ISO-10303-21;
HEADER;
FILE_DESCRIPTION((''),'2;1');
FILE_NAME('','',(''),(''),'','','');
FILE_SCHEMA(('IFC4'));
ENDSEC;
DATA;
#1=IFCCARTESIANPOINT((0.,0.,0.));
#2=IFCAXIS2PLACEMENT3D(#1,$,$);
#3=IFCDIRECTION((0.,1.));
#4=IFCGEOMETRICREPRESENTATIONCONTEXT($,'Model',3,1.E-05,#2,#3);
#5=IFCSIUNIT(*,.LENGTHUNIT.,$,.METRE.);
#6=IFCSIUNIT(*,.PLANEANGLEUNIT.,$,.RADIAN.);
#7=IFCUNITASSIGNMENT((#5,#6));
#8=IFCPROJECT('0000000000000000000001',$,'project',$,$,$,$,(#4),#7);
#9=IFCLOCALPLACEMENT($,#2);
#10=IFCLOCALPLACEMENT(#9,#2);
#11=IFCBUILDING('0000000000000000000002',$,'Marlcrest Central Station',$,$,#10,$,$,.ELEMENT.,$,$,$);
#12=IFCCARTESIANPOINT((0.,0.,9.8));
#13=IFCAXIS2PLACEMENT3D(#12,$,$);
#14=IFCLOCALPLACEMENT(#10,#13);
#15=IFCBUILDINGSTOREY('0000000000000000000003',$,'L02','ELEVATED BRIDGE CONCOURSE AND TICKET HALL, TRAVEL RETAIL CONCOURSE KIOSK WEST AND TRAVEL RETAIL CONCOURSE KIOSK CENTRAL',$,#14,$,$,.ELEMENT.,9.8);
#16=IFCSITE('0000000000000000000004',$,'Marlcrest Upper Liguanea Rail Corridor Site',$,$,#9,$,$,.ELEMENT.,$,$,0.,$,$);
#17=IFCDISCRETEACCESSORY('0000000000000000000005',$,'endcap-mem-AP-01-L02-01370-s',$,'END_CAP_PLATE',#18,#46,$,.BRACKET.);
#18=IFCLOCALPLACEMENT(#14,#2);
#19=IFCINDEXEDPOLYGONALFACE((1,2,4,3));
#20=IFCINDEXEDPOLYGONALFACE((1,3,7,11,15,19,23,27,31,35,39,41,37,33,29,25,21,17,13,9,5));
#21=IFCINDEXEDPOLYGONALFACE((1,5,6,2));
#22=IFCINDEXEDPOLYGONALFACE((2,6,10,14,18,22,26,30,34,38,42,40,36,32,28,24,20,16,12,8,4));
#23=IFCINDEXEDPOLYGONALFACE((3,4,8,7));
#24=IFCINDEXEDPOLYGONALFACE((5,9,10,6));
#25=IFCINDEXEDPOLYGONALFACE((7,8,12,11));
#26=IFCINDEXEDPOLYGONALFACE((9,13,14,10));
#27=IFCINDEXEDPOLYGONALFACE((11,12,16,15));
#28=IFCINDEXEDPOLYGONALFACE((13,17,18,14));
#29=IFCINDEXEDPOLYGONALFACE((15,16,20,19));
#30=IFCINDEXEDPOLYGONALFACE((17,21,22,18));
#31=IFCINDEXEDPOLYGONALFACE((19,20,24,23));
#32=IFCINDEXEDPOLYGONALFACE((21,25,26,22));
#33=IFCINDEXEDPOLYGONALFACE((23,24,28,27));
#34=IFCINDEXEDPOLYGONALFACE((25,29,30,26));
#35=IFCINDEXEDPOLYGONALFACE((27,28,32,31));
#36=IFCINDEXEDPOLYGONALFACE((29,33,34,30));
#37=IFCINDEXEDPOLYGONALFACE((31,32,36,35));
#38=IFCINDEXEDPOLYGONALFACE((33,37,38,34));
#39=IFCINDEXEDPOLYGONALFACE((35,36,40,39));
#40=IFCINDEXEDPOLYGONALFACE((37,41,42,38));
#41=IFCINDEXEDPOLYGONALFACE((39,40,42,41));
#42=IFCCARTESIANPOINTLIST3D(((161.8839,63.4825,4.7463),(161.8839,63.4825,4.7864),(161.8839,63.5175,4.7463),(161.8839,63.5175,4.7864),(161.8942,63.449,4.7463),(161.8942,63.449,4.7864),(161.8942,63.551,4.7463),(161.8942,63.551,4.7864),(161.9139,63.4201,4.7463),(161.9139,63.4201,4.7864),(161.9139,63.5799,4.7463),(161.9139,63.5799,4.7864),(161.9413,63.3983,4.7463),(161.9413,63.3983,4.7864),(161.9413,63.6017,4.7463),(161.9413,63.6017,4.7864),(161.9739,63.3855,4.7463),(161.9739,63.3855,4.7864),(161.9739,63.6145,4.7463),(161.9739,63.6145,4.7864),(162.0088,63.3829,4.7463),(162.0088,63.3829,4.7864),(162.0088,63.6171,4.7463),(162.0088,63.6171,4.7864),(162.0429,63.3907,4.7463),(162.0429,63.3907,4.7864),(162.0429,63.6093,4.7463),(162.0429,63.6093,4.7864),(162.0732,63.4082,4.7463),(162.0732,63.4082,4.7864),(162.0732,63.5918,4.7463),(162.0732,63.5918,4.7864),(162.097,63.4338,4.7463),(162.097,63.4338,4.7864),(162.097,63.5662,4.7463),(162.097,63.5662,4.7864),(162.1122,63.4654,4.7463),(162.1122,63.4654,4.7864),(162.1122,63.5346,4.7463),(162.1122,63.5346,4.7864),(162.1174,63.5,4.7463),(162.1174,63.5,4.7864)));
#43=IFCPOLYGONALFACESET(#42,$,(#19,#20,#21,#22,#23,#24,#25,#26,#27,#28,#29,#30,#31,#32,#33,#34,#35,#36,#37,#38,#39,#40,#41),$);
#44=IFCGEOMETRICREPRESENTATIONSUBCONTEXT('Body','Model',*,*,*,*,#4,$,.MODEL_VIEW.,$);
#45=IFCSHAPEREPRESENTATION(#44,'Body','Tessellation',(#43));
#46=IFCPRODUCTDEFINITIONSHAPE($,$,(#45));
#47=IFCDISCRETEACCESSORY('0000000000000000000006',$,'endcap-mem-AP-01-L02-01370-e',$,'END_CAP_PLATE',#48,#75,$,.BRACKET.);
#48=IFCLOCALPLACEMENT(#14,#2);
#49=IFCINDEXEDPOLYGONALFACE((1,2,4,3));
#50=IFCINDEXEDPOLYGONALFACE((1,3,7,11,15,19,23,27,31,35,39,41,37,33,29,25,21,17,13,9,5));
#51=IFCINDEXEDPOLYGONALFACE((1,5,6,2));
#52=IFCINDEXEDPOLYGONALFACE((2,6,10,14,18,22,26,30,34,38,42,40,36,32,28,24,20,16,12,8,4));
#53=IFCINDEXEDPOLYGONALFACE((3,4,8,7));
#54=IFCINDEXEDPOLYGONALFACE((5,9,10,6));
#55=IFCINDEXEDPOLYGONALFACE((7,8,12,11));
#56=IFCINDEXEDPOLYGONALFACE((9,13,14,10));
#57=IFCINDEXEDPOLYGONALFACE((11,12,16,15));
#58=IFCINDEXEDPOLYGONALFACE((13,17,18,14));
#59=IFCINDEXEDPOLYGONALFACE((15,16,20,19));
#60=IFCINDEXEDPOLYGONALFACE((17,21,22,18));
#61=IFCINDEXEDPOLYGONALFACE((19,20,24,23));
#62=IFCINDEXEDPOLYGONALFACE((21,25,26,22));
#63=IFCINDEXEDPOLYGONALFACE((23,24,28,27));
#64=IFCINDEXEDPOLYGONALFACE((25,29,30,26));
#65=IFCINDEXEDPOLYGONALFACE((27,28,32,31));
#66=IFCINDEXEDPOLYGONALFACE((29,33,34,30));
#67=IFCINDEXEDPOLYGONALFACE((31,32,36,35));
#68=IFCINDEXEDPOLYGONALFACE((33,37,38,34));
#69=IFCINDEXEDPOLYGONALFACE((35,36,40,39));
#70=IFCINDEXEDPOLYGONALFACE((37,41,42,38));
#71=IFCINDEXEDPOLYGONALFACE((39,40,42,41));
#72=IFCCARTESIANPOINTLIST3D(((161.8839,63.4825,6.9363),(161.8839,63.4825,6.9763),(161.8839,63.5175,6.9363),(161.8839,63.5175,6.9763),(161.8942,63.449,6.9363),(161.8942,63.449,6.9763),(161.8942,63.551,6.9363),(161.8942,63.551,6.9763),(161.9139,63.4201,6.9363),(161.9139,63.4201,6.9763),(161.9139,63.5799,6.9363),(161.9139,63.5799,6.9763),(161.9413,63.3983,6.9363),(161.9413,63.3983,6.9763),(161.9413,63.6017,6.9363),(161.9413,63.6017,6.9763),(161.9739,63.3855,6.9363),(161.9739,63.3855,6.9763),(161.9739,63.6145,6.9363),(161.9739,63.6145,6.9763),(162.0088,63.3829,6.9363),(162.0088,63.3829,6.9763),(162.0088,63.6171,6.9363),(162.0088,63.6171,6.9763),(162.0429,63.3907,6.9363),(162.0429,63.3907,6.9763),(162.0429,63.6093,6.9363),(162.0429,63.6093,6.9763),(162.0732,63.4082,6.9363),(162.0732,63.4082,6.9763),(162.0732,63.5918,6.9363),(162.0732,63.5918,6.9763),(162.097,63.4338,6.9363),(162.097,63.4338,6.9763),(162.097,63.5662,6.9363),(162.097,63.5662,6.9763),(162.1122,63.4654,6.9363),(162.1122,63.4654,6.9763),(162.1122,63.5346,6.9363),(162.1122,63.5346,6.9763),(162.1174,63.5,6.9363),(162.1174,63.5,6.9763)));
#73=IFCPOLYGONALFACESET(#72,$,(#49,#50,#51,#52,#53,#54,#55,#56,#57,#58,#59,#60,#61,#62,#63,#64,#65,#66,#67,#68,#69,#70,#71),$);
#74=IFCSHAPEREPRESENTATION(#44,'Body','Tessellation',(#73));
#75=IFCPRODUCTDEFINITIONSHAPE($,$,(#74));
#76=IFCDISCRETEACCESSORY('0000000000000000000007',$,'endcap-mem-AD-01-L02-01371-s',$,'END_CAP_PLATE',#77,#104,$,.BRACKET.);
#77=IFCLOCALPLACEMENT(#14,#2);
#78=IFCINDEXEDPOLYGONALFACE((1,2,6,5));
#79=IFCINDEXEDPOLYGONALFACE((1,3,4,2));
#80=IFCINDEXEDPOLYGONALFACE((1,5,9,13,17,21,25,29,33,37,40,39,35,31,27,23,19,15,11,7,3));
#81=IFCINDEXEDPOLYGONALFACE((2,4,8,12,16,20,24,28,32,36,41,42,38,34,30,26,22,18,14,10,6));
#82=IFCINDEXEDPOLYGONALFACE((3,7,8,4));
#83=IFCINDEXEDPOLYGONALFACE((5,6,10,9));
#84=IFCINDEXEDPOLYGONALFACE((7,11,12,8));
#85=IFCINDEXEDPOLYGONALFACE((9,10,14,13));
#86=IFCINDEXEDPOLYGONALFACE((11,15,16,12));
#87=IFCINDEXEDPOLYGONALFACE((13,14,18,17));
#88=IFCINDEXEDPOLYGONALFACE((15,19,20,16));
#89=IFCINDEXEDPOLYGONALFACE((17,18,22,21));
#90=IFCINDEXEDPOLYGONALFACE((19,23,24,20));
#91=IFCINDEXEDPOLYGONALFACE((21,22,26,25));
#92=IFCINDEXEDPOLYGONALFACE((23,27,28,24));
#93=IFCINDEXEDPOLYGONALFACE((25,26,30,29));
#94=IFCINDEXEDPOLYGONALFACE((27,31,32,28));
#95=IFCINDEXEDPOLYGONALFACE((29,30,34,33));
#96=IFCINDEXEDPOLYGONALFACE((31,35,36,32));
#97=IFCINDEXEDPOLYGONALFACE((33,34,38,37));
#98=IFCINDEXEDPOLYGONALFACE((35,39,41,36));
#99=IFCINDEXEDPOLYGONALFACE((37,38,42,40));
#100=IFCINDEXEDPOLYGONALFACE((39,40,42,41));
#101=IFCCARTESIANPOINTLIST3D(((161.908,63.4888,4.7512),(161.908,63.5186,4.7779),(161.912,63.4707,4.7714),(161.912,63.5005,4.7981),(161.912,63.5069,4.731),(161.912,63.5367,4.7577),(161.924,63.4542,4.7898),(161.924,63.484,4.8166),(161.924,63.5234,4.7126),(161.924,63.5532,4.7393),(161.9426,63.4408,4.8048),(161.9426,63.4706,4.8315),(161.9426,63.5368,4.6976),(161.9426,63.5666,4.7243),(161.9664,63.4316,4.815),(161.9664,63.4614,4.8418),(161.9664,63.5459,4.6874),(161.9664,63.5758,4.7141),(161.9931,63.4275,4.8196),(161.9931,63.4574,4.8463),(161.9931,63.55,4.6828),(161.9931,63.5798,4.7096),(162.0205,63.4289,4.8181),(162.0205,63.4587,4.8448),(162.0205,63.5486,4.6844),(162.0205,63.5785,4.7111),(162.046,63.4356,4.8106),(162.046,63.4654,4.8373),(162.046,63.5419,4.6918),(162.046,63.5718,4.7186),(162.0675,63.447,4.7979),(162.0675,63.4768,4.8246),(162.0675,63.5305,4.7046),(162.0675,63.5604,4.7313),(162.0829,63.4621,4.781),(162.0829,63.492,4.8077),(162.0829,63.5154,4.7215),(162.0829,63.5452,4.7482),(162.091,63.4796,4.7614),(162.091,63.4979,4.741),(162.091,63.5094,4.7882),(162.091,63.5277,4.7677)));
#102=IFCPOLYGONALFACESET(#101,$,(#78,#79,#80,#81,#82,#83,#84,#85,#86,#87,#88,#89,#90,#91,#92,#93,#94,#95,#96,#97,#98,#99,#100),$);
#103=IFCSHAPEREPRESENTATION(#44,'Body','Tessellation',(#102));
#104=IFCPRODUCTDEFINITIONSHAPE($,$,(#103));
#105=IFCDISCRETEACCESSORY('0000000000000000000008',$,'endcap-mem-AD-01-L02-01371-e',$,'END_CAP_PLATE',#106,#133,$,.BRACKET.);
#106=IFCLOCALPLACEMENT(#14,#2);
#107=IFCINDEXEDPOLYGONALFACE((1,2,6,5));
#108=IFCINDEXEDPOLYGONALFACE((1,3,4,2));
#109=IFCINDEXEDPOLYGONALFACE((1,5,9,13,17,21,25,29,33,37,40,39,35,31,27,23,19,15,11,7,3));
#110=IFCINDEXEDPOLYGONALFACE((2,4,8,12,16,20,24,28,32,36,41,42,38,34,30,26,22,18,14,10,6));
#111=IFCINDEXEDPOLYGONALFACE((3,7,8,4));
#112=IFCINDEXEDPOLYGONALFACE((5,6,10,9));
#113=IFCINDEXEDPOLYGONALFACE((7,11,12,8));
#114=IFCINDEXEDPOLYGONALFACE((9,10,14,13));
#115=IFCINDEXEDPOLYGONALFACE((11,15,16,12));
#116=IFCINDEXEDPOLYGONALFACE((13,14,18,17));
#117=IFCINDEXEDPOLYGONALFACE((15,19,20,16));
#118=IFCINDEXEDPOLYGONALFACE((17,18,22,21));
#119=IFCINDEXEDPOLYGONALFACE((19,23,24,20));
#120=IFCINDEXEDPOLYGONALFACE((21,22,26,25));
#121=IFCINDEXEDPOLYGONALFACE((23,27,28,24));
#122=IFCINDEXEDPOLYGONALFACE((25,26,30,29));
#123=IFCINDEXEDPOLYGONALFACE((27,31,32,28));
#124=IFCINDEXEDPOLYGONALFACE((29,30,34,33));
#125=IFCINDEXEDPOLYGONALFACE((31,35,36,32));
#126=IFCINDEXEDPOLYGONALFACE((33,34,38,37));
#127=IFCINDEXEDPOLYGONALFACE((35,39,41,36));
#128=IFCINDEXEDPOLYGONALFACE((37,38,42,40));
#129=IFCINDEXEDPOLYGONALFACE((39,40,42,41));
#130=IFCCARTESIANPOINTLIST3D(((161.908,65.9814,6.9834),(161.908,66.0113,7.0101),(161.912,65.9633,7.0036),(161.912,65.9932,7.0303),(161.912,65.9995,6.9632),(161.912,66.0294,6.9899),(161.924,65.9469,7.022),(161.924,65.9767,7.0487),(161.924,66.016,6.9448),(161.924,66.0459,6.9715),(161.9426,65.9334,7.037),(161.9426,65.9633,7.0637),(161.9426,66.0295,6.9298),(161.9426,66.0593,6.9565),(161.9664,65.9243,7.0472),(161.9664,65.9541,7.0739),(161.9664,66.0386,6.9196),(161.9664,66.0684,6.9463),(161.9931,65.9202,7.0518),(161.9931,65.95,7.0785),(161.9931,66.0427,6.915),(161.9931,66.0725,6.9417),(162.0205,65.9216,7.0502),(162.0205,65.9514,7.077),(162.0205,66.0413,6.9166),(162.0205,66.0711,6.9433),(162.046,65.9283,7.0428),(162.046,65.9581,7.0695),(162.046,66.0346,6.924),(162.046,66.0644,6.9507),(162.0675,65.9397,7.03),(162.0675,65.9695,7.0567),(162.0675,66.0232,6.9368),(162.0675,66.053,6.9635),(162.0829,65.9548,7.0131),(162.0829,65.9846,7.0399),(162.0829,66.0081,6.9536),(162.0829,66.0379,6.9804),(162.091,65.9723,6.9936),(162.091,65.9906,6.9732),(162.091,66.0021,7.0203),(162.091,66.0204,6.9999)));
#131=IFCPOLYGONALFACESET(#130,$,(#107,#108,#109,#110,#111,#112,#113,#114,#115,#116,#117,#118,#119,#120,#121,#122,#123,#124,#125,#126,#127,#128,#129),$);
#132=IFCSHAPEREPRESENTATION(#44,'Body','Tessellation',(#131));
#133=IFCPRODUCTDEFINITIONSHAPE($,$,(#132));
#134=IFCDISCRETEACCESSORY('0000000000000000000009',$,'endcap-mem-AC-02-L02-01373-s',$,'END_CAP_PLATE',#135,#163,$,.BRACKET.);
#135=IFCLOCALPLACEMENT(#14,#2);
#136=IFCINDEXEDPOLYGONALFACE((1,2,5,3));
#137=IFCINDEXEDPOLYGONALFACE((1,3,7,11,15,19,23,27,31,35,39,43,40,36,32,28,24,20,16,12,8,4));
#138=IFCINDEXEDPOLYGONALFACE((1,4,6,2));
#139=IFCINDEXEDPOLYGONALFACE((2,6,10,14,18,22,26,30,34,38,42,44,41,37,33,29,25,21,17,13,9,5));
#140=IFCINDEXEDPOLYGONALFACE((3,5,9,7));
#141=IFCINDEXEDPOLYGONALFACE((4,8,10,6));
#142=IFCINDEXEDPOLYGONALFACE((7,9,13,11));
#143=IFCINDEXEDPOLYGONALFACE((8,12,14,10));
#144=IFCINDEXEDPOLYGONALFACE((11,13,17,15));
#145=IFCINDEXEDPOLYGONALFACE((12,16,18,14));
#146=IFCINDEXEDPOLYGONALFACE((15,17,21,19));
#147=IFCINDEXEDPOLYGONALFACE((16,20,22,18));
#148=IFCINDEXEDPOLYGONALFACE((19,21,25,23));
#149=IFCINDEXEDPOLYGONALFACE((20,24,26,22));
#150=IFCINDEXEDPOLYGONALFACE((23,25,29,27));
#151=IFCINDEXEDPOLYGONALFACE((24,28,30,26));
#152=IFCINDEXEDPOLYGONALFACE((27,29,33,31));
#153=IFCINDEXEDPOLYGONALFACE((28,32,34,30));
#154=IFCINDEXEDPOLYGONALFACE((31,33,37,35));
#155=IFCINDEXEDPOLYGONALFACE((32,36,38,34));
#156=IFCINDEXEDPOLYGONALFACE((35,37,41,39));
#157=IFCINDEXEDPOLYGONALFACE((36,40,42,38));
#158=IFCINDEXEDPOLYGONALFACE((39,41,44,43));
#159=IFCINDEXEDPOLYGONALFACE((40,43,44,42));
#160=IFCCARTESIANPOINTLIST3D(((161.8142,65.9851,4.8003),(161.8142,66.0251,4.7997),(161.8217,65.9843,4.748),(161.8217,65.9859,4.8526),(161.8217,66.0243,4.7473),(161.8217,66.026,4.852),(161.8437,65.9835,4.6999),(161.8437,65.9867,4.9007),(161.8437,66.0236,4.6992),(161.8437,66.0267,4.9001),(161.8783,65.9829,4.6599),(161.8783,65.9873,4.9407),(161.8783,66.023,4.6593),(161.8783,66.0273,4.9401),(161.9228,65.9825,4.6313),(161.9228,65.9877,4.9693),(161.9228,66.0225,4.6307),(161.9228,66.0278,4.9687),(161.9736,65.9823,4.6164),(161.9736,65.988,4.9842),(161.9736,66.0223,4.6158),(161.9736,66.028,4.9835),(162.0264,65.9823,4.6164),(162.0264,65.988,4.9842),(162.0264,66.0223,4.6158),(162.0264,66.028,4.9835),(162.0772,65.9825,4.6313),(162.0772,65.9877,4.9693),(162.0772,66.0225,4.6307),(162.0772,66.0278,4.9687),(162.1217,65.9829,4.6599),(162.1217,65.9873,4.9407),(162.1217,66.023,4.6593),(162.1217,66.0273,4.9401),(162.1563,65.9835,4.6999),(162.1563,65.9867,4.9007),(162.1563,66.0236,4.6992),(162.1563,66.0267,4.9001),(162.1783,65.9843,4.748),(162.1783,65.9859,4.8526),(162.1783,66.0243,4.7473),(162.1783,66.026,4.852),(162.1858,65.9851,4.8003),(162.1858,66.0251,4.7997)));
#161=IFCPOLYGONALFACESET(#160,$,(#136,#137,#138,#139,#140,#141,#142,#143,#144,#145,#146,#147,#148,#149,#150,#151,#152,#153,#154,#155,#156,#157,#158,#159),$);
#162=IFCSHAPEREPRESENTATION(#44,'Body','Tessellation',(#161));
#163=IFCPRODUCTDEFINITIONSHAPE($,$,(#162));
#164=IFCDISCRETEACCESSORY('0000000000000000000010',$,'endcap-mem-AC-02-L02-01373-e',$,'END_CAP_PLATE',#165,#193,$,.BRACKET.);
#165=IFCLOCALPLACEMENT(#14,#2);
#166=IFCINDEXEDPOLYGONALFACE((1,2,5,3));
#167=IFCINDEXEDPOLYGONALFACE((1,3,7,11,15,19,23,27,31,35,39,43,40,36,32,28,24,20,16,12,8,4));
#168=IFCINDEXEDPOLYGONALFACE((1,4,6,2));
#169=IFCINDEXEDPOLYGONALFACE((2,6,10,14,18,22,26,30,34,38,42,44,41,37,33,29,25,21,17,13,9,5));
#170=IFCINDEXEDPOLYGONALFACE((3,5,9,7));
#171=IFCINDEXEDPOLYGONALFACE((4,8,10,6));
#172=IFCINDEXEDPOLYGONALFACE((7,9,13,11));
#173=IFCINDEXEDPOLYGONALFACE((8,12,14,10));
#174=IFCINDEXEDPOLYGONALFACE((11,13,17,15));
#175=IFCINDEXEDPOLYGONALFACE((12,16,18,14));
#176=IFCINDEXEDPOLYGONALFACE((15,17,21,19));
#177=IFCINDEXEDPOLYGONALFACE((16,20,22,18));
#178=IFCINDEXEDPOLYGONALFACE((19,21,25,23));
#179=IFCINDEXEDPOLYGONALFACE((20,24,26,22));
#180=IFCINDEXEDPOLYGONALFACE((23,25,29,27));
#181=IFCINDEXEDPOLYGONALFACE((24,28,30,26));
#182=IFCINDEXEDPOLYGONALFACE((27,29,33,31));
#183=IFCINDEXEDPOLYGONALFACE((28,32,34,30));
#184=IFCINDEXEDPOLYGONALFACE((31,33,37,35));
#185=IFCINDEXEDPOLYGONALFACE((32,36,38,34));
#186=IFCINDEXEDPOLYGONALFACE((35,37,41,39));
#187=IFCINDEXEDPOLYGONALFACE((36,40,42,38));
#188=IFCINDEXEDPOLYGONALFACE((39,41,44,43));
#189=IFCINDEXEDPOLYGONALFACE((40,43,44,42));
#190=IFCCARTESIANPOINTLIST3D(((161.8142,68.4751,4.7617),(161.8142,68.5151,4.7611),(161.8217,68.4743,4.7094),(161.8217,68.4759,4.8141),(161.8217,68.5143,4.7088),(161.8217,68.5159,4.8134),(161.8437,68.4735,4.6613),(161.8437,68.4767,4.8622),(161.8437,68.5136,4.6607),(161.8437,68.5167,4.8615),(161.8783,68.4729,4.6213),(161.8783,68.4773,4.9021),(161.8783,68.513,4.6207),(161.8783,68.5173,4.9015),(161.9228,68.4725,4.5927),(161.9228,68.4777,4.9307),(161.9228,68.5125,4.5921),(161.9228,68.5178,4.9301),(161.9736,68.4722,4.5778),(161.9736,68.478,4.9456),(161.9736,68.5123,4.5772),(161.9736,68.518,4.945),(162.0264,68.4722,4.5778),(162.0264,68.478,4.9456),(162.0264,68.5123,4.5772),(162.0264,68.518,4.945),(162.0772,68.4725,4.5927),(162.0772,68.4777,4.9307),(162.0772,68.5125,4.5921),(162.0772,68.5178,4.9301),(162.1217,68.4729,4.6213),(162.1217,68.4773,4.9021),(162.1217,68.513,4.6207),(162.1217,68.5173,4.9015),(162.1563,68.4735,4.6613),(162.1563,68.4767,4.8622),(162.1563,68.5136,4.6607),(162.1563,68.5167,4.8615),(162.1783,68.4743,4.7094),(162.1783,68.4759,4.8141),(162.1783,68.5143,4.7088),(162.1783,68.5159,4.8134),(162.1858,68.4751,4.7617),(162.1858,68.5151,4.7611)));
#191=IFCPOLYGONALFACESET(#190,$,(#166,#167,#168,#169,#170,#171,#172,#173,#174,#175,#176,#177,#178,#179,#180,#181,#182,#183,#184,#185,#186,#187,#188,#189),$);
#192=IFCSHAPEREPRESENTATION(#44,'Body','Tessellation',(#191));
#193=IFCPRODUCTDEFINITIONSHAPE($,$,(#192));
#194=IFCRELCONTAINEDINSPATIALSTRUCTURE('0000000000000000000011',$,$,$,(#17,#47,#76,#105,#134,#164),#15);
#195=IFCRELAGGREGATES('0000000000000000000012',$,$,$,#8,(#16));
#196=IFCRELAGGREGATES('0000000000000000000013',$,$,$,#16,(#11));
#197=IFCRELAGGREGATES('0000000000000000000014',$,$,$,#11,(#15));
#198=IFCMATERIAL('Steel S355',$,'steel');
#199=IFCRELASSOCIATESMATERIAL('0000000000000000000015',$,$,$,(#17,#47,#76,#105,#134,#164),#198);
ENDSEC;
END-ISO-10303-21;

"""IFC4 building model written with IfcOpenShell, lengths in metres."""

from ifc_helpers import new_model, si_unit, direction, frame, origin, origin_2d, place, context, subcontext, project, spatial, circle, extrude, material, element, save


model = new_model("IFC4")

# Units and contexts
model_context = context("Model", 3, precision=1e-05, world=origin(), true_north=direction((0.0, 1.0)))
body_context = subcontext(model_context, "Body", "Model", "MODEL_VIEW")
ifc_project = project(units=[si_unit("LENGTHUNIT", "METRE"), si_unit("PLANEANGLEUNIT", "RADIAN")], contexts=[model_context])

# Site, building, storey
site_placement = place(None, origin())
site = spatial("IfcSite", under=ifc_project, at=site_placement, Name="Marlcrest Upper Liguanea Rail Corridor Site", CompositionType="ELEMENT", RefElevation=0.0)
building_placement = place(site_placement, origin())
building = spatial("IfcBuilding", under=site, at=building_placement, Name="Marlcrest Central Station", CompositionType="ELEMENT")
storey_placement = place(building_placement, frame((0.0, 0.0, 9.8)))
storey = spatial("IfcBuildingStorey", under=building, at=storey_placement, Name="L02", Description="ELEVATED BRIDGE CONCOURSE AND TICKET HALL, TRAVEL RETAIL CONCOURSE KIOSK WEST AND TRAVEL RETAIL CONCOURSE KIOSK CENTRAL", CompositionType="ELEMENT", Elevation=9.8)

# Shared definitions
ifc_material = material(Name="Steel S355", Category="steel")

# Discrete accessories
for number, where, z_axis, x_axis, name in (
    (1, (162.0, 63.5, 4.7463), (0.0, 0.0, 1.0), (1.0, 0.0, 0.0), "endcap-mem-AP-01-L02-01370-s"),
    (2, (162.0, 63.5, 6.9363), (0.0, 0.0, 1.0), (1.0, 0.0, 0.0), "endcap-mem-AP-01-L02-01370-e"),
):
    element("IfcDiscreteAccessory", number, at=place(storey_placement, frame(where, z_axis=z_axis, x_axis=x_axis)), inside=storey, material=ifc_material, Name=name, ObjectType="END_CAP_PLATE", PredefinedType="BRACKET", context=body_context, shape_type="SweptSolid", body=[
        extrude(circle(Radius=0.1174, at=origin_2d()), origin(), (0.0, 0.0, 1.0), 0.04),
    ])
for number, where, z_axis, x_axis, name in (
    (3, (162.0, 63.4888, 4.7512), (0.0, 0.744956, 0.667114), (-1.0, 0.0, 0.0), "endcap-mem-AD-01-L02-01371-s"),
    (4, (162.0, 65.9814, 6.9834), (0.0, 0.744956, 0.667114), (-1.0, 0.0, 0.0), "endcap-mem-AD-01-L02-01371-e"),
):
    element("IfcDiscreteAccessory", number, at=place(storey_placement, frame(where, z_axis=z_axis, x_axis=x_axis)), inside=storey, material=ifc_material, Name=name, ObjectType="END_CAP_PLATE", PredefinedType="BRACKET", context=body_context, shape_type="SweptSolid", body=[
        extrude(circle(Radius=0.092, at=origin_2d()), origin(), (0.0, 0.0, 1.0), 0.04),
    ])
for number, where, z_axis, x_axis, name in (
    (5, (162.0, 65.9851, 4.8003), (0.0, 0.999879, -0.015525), (-1.0, 0.0, 0.0), "endcap-mem-AC-02-L02-01373-s"),
    (6, (162.0, 68.4751, 4.7617), (0.0, 0.999879, -0.015525), (-1.0, 0.0, 0.0), "endcap-mem-AC-02-L02-01373-e"),
):
    element("IfcDiscreteAccessory", number, at=place(storey_placement, frame(where, z_axis=z_axis, x_axis=x_axis)), inside=storey, material=ifc_material, Name=name, ObjectType="END_CAP_PLATE", PredefinedType="BRACKET", context=body_context, shape_type="SweptSolid", body=[
        extrude(circle(Radius=0.1858, at=origin_2d()), origin(), (0.0, 0.0, 1.0), 0.04),
    ])

save(model, "model.ifc")
